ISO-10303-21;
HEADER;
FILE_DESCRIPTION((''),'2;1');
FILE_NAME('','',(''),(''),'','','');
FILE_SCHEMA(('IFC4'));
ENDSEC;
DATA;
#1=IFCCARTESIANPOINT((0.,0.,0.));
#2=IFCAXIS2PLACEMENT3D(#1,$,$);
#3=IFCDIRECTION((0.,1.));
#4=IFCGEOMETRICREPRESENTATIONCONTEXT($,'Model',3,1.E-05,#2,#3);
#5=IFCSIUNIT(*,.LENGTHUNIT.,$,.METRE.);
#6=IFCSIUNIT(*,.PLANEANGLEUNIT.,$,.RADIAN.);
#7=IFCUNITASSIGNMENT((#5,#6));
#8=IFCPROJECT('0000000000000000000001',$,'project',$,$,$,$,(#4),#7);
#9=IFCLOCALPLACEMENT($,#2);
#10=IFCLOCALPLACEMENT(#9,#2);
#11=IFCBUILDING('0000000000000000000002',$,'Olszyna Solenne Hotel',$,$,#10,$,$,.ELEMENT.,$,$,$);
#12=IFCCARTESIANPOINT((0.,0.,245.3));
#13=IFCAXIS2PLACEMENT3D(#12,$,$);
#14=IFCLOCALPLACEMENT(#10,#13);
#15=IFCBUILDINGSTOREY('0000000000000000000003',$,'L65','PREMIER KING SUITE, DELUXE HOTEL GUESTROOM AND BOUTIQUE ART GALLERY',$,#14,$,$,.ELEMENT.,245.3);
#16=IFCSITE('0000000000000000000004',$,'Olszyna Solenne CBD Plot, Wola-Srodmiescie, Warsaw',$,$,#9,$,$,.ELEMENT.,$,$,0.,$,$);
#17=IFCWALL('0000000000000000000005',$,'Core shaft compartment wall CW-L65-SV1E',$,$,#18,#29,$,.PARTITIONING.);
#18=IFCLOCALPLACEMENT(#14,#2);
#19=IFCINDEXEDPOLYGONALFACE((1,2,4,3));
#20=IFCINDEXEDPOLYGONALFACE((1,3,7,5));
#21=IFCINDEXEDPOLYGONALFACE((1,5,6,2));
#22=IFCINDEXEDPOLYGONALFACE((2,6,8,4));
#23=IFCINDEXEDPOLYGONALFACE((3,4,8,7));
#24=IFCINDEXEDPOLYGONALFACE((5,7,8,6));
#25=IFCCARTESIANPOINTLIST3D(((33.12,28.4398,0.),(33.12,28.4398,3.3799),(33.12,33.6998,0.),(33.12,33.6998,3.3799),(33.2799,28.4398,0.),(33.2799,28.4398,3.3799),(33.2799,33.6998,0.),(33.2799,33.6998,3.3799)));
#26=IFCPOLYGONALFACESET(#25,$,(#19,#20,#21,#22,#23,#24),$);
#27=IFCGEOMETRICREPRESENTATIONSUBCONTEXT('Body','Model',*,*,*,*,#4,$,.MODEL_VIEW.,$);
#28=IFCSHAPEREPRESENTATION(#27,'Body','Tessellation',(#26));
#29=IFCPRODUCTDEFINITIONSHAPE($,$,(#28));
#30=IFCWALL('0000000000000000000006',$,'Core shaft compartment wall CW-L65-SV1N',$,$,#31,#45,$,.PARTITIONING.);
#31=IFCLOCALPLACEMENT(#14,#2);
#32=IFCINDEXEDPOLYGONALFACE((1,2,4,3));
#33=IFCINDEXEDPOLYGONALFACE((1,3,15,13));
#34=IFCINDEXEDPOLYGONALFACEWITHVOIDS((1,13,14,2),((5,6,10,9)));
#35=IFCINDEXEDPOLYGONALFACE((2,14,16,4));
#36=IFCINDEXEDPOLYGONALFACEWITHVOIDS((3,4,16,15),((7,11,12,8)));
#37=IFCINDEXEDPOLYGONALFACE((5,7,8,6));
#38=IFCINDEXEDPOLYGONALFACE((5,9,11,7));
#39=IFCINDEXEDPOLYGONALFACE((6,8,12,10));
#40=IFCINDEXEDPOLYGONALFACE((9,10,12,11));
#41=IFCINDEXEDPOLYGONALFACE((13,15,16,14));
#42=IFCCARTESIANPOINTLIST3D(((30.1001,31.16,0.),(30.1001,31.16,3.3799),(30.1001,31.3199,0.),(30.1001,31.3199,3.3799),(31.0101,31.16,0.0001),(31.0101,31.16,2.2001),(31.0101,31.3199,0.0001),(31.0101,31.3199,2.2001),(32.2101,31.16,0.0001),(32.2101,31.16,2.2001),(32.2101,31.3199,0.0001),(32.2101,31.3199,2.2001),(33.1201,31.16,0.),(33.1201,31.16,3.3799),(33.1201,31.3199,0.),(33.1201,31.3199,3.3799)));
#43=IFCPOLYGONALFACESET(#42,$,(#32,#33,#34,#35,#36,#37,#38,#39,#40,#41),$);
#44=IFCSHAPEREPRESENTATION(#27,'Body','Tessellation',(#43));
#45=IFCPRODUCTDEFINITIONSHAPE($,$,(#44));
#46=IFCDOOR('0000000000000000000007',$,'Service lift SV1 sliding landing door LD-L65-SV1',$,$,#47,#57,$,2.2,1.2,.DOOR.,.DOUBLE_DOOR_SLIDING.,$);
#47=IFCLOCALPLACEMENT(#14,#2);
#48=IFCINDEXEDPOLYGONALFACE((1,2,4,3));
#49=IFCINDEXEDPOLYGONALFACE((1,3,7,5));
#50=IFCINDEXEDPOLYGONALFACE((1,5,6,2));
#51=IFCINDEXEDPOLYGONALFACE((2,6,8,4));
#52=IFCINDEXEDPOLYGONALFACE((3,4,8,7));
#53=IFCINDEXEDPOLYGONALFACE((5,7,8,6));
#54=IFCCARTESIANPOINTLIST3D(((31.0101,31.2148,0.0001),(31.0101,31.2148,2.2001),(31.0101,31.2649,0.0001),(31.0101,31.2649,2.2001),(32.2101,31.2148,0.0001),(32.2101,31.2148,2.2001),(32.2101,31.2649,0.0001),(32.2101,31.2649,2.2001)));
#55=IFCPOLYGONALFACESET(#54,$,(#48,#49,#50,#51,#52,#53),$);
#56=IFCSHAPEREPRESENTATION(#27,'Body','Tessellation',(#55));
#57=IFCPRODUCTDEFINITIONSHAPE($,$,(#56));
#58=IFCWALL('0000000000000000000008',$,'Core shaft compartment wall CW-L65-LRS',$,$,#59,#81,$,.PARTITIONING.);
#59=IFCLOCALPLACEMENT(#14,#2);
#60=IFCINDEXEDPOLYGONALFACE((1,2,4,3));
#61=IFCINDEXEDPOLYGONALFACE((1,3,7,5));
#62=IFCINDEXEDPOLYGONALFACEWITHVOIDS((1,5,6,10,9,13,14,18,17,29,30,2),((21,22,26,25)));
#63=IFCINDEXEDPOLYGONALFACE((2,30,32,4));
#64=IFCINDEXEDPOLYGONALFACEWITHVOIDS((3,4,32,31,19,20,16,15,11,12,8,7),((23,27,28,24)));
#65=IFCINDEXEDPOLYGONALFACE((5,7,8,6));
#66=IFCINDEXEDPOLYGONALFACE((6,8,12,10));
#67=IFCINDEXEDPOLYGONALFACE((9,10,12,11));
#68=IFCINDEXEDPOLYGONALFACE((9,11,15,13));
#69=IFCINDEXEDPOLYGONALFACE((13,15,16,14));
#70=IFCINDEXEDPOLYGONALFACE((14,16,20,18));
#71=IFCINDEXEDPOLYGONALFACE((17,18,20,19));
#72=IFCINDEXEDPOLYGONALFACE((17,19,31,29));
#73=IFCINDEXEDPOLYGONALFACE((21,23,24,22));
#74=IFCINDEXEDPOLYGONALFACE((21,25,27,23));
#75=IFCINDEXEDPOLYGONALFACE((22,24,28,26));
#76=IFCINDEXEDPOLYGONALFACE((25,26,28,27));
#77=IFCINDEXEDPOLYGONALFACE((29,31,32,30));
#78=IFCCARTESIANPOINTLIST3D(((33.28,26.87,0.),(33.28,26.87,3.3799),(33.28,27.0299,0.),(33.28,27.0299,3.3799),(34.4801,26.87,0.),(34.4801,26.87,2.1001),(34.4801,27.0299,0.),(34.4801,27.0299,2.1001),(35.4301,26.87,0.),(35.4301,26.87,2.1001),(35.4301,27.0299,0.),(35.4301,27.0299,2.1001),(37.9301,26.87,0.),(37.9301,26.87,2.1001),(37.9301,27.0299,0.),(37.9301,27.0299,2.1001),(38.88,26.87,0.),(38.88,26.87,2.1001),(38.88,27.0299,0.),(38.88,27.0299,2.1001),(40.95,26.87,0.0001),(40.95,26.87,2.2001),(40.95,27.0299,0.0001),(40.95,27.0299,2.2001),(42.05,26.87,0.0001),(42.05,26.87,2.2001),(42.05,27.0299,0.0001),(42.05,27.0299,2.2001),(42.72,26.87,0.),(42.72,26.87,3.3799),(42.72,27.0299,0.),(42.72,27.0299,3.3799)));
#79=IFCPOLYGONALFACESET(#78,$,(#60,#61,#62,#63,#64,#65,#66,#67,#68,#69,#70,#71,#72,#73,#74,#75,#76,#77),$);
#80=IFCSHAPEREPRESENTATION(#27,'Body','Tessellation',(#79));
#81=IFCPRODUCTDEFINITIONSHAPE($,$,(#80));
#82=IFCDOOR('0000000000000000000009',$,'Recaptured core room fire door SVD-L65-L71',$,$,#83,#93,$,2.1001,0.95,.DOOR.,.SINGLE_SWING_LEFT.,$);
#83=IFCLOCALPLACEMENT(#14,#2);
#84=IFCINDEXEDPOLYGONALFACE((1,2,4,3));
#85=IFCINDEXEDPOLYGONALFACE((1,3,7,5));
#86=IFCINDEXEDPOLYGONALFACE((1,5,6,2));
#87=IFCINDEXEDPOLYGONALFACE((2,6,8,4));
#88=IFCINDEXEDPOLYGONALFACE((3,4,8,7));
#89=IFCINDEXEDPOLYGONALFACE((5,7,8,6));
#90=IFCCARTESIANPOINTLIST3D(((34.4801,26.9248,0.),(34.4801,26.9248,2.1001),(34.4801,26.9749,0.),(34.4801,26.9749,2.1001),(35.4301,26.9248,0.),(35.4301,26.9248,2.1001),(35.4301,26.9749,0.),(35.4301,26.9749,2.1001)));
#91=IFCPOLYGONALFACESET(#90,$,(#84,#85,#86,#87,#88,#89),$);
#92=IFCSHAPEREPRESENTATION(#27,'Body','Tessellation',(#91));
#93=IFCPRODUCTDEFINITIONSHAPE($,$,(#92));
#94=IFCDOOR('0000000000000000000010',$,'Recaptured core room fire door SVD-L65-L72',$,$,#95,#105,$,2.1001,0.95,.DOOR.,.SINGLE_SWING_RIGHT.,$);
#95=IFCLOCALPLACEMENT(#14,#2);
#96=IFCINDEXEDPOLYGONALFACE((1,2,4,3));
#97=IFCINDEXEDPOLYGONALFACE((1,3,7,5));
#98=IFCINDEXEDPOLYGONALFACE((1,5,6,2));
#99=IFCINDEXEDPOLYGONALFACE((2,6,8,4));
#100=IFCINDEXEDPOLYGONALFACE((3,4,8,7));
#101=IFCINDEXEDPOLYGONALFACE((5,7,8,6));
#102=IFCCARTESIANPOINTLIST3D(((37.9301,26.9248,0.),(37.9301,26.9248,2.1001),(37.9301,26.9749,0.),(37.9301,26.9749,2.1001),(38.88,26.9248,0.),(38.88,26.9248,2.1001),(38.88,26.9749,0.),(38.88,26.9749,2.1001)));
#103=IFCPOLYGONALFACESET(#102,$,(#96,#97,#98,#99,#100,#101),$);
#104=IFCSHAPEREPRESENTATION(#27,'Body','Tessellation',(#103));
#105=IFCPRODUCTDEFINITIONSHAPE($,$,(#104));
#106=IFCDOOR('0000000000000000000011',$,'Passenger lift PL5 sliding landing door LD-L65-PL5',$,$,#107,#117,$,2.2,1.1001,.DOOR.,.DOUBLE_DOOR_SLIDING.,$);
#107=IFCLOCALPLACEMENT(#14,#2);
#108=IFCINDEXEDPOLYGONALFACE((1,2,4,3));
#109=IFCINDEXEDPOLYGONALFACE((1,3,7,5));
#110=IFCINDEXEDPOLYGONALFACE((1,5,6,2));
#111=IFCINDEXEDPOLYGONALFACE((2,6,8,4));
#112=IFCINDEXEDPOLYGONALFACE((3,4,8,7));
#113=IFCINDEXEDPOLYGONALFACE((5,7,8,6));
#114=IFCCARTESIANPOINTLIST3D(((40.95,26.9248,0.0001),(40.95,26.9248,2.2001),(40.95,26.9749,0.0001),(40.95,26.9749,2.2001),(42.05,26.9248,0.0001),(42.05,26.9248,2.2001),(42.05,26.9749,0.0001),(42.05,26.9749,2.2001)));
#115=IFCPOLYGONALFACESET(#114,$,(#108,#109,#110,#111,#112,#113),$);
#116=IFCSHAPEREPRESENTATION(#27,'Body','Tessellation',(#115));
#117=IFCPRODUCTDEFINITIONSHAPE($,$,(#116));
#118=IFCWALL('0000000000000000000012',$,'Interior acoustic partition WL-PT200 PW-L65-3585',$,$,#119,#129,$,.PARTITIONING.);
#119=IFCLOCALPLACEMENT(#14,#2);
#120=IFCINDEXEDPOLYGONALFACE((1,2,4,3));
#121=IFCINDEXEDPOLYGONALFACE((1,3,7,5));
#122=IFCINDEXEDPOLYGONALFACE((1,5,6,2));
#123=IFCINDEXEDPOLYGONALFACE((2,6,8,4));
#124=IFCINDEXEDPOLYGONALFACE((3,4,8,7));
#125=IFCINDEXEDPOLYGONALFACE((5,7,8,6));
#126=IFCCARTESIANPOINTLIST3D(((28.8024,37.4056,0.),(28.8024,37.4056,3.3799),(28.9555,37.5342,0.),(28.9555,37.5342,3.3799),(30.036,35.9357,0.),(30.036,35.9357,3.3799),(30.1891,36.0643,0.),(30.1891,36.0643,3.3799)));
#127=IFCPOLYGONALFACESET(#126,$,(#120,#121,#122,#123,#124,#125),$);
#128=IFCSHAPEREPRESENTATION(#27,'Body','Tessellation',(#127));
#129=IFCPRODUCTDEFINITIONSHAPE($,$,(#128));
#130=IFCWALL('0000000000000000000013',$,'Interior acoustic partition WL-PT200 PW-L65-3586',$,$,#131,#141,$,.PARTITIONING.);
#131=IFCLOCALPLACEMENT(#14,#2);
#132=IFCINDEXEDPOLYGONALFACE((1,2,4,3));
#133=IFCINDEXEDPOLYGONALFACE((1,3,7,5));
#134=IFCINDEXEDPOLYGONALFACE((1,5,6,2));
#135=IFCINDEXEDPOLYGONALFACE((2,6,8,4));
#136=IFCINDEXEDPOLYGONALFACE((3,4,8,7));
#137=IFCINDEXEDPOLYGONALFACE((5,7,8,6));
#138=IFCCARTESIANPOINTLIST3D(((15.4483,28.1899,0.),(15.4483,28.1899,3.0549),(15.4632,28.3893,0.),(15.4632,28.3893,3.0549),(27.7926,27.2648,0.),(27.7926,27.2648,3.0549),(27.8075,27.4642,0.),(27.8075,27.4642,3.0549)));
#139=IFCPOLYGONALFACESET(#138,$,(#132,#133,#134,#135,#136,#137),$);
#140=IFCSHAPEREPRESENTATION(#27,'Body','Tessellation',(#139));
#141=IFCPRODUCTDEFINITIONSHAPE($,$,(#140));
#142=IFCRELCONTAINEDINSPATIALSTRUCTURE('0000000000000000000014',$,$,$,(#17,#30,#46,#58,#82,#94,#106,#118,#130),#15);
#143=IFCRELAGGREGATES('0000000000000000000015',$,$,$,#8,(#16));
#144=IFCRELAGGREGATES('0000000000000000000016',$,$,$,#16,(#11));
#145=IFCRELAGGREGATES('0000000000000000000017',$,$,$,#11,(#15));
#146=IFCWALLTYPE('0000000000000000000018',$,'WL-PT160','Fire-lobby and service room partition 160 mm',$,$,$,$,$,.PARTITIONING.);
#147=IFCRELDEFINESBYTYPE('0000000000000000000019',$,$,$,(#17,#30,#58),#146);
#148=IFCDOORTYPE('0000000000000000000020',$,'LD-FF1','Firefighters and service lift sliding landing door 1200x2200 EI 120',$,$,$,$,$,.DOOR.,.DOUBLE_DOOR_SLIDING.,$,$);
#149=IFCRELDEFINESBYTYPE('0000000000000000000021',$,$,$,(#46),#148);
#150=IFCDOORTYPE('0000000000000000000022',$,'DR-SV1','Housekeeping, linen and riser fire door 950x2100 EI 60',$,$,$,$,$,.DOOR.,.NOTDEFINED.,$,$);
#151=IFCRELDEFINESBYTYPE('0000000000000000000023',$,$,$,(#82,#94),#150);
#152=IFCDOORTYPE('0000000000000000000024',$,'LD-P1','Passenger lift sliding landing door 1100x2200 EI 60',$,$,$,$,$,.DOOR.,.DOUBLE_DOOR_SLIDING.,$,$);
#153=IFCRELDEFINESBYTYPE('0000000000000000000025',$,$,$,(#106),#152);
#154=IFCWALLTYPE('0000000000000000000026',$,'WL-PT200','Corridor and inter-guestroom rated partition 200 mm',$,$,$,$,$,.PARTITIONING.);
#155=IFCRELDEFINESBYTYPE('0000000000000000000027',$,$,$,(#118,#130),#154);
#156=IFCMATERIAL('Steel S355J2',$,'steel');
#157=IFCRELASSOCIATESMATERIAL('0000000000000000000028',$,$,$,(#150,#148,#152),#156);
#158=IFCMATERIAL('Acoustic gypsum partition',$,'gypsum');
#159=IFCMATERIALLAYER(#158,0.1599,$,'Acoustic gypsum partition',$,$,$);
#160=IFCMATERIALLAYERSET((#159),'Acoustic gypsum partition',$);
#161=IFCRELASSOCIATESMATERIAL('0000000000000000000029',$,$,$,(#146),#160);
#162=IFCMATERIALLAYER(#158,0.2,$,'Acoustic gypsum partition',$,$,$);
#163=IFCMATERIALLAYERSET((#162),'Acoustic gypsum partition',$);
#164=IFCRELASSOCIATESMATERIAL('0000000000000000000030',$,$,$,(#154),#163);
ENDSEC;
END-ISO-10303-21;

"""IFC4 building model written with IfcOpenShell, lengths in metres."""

from ifc_helpers import new_model, si_unit, direction, frame, frame_2d, origin, place, context, subcontext, project, spatial, rectangle, extrude, source, transform, mapped, material, layer, layer_set, type_object, type_shapes, element, fill, save


model = new_model("IFC4")

# Units and contexts
model_context = context("Model", 3, precision=1e-05, world=origin(), true_north=direction((0.0, 1.0)))
body_context = subcontext(model_context, "Body", "Model", "MODEL_VIEW")
ifc_project = project(units=[si_unit("LENGTHUNIT", "METRE"), si_unit("PLANEANGLEUNIT", "RADIAN")], contexts=[model_context])

# Site, building, storey
site_placement = place(None, origin())
site = spatial("IfcSite", under=ifc_project, at=site_placement, Name="Olszyna Solenne CBD Plot, Wola-Srodmiescie, Warsaw", CompositionType="ELEMENT", RefElevation=0.0)
building_placement = place(site_placement, origin())
building = spatial("IfcBuilding", under=site, at=building_placement, Name="Olszyna Solenne Hotel", CompositionType="ELEMENT")
storey_placement = place(building_placement, frame((0.0, 0.0, 245.3)))
storey = spatial("IfcBuildingStorey", under=building, at=storey_placement, Name="L65", Description="PREMIER KING SUITE, DELUXE HOTEL GUESTROOM AND BOUTIQUE ART GALLERY", CompositionType="ELEMENT", Elevation=245.3)

# Shared definitions
ifc_material_1 = material(Name="Steel S355J2", Category="steel")

# Shared definitions
door_type_1 = type_object("IfcDoorType", Name="DR-SV1", Description="Housekeeping, linen and riser fire door 950x2100 EI 60", OperationType="NOTDEFINED", PredefinedType="DOOR", material=ifc_material_1)
shared_shape_1 = source(origin(), body_context, "Body", "SweptSolid", [
    extrude(rectangle(XDim=0.95, YDim=2.1001, at=frame_2d((0.4751, 1.05))), frame((0.0, 0.0249, 0.0), z_axis=(0.0, -1.0, 0.0), x_axis=(1.0, 0.0, 0.0)), (0.0, 0.0, 1.0), 0.05),
])
type_shapes(door_type_1, [shared_shape_1])

# Wall
ifc_material_2 = material(Name="Acoustic gypsum partition", Category="gypsum")
ifc_layer_1 = layer(ifc_material_2, 0.1599, Name="Acoustic gypsum partition")
ifc_layer_set_1 = layer_set([ifc_layer_1], Name="Acoustic gypsum partition")
wall_type_1 = type_object("IfcWallType", Name="WL-PT160", Description="Fire-lobby and service room partition 160 mm", PredefinedType="PARTITIONING", material=ifc_layer_set_1)
wall_1_placement = place(storey_placement, frame((33.2, 28.4399, 0.0), z_axis=(0.0, 0.0, 1.0), x_axis=(0.0, 1.0, 0.0)))
element("IfcWall", 1, at=wall_1_placement, inside=storey, type_object=wall_type_1, Name="Core shaft compartment wall CW-L65-SV1E", PredefinedType="PARTITIONING", context=body_context, shape_type="SweptSolid", body=[
    extrude(rectangle(XDim=5.26, YDim=0.1599, at=frame_2d((2.6299, 0.0))), origin(), (0.0, 0.0, 1.0), 3.3799),
])

# Wall, opening, door
wall_2_placement = place(storey_placement, frame((30.1001, 31.24, 0.0), z_axis=(0.0, 0.0, 1.0), x_axis=(1.0, 0.0, 0.0)))
wall_2 = element("IfcWall", 2, at=wall_2_placement, inside=storey, type_object=wall_type_1, Name="Core shaft compartment wall CW-L65-SV1N", PredefinedType="PARTITIONING", context=body_context, shape_type="SweptSolid", body=[
    extrude(rectangle(XDim=3.02, YDim=0.1599, at=frame_2d((1.51, 0.0))), origin(), (0.0, 0.0, 1.0), 3.3799),
])
opening_1_placement = place(wall_2_placement, frame((0.9099, 0.0, 0.0)))
opening_1 = element("IfcOpeningElement", 3, at=opening_1_placement, cuts=wall_2, PredefinedType="OPENING", context=body_context, shape_type="SweptSolid", body=[
    extrude(rectangle(XDim=1.2, YDim=2.2, at=frame_2d((0.6001, 1.1001))), frame((0.0, 0.0898, 0.0), z_axis=(0.0, -1.0, 0.0), x_axis=(1.0, 0.0, 0.0)), (0.0, 0.0, 1.0), 0.1799),
])
door_type_2 = type_object("IfcDoorType", Name="LD-FF1", Description="Firefighters and service lift sliding landing door 1200x2200 EI 120", OperationType="DOUBLE_DOOR_SLIDING", PredefinedType="DOOR", material=ifc_material_1)
shared_shape_2 = source(origin(), body_context, "Body", "SweptSolid", [
    extrude(rectangle(XDim=1.2, YDim=2.2, at=frame_2d((0.6001, 1.1001))), frame((0.0, 0.0249, 0.0), z_axis=(0.0, -1.0, 0.0), x_axis=(1.0, 0.0, 0.0)), (0.0, 0.0, 1.0), 0.05),
])
type_shapes(door_type_2, [shared_shape_2])
door_1_placement = place(opening_1_placement, origin())
door_1 = element("IfcDoor", 4, at=door_1_placement, inside=storey, type_object=door_type_2, Name="Service lift SV1 sliding landing door LD-L65-SV1", OperationType="DOUBLE_DOOR_SLIDING", OverallHeight=2.2, OverallWidth=1.2, PredefinedType="DOOR", context=body_context, shape_type="MappedRepresentation", body=[
    mapped(shared_shape_2, transform((0.0, 0.0, 0.0), x_axis=(1.0, 0.0, 0.0), y_axis=(0.0, 1.0, 0.0), z_axis=(0.0, 0.0, 1.0), scale=1.0)),
])
fill(opening_1, door_1)

# Wall, openings, doors
wall_3_placement = place(storey_placement, frame((33.28, 26.95, 0.0), z_axis=(0.0, 0.0, 1.0), x_axis=(1.0, 0.0, 0.0)))
wall_3 = element("IfcWall", 5, at=wall_3_placement, inside=storey, type_object=wall_type_1, Name="Core shaft compartment wall CW-L65-LRS", PredefinedType="PARTITIONING", context=body_context, shape_type="SweptSolid", body=[
    extrude(rectangle(XDim=9.4399, YDim=0.1599, at=frame_2d((4.72, 0.0))), origin(), (0.0, 0.0, 1.0), 3.3799),
])
opening_2_placement = place(wall_3_placement, frame((1.2, 0.0, 0.0)))
opening_2 = element("IfcOpeningElement", 6, at=opening_2_placement, cuts=wall_3, PredefinedType="OPENING", context=body_context, shape_type="SweptSolid", body=[
    extrude(rectangle(XDim=0.95, YDim=2.1001, at=frame_2d((0.4751, 1.05))), frame((0.0, 0.0898, 0.0), z_axis=(0.0, -1.0, 0.0), x_axis=(1.0, 0.0, 0.0)), (0.0, 0.0, 1.0), 0.1799),
])
opening_3_placement = place(wall_3_placement, frame((4.6499, 0.0, 0.0)))
opening_3 = element("IfcOpeningElement", 7, at=opening_3_placement, cuts=wall_3, PredefinedType="OPENING", context=body_context, shape_type="SweptSolid", body=[
    extrude(rectangle(XDim=0.95, YDim=2.1001, at=frame_2d((0.4751, 1.05))), frame((0.0, 0.0898, 0.0), z_axis=(0.0, -1.0, 0.0), x_axis=(1.0, 0.0, 0.0)), (0.0, 0.0, 1.0), 0.1799),
])
opening_4_placement = place(wall_3_placement, frame((7.6699, 0.0, 0.0)))
opening_4 = element("IfcOpeningElement", 8, at=opening_4_placement, cuts=wall_3, PredefinedType="OPENING", context=body_context, shape_type="SweptSolid", body=[
    extrude(rectangle(XDim=1.1001, YDim=2.2, at=frame_2d((0.55, 1.1001))), frame((0.0, 0.0898, 0.0), z_axis=(0.0, -1.0, 0.0), x_axis=(1.0, 0.0, 0.0)), (0.0, 0.0, 1.0), 0.1799),
])
door_2_placement = place(opening_2_placement, origin())
door_2 = element("IfcDoor", 9, at=door_2_placement, inside=storey, type_object=door_type_1, Name="Recaptured core room fire door SVD-L65-L71", OperationType="SINGLE_SWING_LEFT", OverallHeight=2.1001, OverallWidth=0.95, PredefinedType="DOOR", context=body_context, shape_type="MappedRepresentation", body=[
    mapped(shared_shape_1, transform((0.0, 0.0, 0.0), x_axis=(1.0, 0.0, 0.0), y_axis=(0.0, 1.0, 0.0), z_axis=(0.0, 0.0, 1.0), scale=1.0)),
])
fill(opening_2, door_2)
door_3_placement = place(opening_3_placement, origin())
door_3 = element("IfcDoor", 10, at=door_3_placement, inside=storey, type_object=door_type_1, Name="Recaptured core room fire door SVD-L65-L72", OperationType="SINGLE_SWING_RIGHT", OverallHeight=2.1001, OverallWidth=0.95, PredefinedType="DOOR", context=body_context, shape_type="MappedRepresentation", body=[
    mapped(shared_shape_1, transform((0.0, 0.0, 0.0), x_axis=(1.0, 0.0, 0.0), y_axis=(0.0, 1.0, 0.0), z_axis=(0.0, 0.0, 1.0), scale=1.0)),
])
fill(opening_3, door_3)
door_type_3 = type_object("IfcDoorType", Name="LD-P1", Description="Passenger lift sliding landing door 1100x2200 EI 60", OperationType="DOUBLE_DOOR_SLIDING", PredefinedType="DOOR", material=ifc_material_1)
shared_shape_3 = source(origin(), body_context, "Body", "SweptSolid", [
    extrude(rectangle(XDim=1.1001, YDim=2.2, at=frame_2d((0.55, 1.1001))), frame((0.0, 0.0249, 0.0), z_axis=(0.0, -1.0, 0.0), x_axis=(1.0, 0.0, 0.0)), (0.0, 0.0, 1.0), 0.05),
])
type_shapes(door_type_3, [shared_shape_3])
door_4_placement = place(opening_4_placement, origin())
door_4 = element("IfcDoor", 11, at=door_4_placement, inside=storey, type_object=door_type_3, Name="Passenger lift PL5 sliding landing door LD-L65-PL5", OperationType="DOUBLE_DOOR_SLIDING", OverallHeight=2.2, OverallWidth=1.1001, PredefinedType="DOOR", context=body_context, shape_type="MappedRepresentation", body=[
    mapped(shared_shape_3, transform((0.0, 0.0, 0.0), x_axis=(1.0, 0.0, 0.0), y_axis=(0.0, 1.0, 0.0), z_axis=(0.0, 0.0, 1.0), scale=1.0)),
])
fill(opening_4, door_4)

# Walls
ifc_layer_2 = layer(ifc_material_2, 0.2, Name="Acoustic gypsum partition")
ifc_layer_set_2 = layer_set([ifc_layer_2], Name="Acoustic gypsum partition")
wall_type_2 = type_object("IfcWallType", Name="WL-PT200", Description="Corridor and inter-guestroom rated partition 200 mm", PredefinedType="PARTITIONING", material=ifc_layer_set_2)
wall_4_placement = place(storey_placement, frame((30.1125, 36.0, 0.0), z_axis=(0.0, 0.0, 1.0), x_axis=(-0.642846, 0.765996, 0.0)))
element("IfcWall", 12, at=wall_4_placement, inside=storey, type_object=wall_type_2, Name="Interior acoustic partition WL-PT200 PW-L65-3585", PredefinedType="PARTITIONING", context=body_context, shape_type="SweptSolid", body=[
    extrude(rectangle(XDim=1.9189, YDim=0.2, at=frame_2d((0.9595, 0.0))), origin(), (0.0, 0.0, 1.0), 3.3799),
])
wall_5_placement = place(storey_placement, frame((27.8, 27.3645, 0.0), z_axis=(0.0, 0.0, 1.0), x_axis=(-0.997204, 0.074728, 0.0)))
element("IfcWall", 13, at=wall_5_placement, inside=storey, type_object=wall_type_2, Name="Interior acoustic partition WL-PT200 PW-L65-3586", PredefinedType="PARTITIONING", context=body_context, shape_type="SweptSolid", body=[
    extrude(rectangle(XDim=12.3789, YDim=0.2, at=frame_2d((6.1895, 0.0))), origin(), (0.0, 0.0, 1.0), 3.0549),
])

save(model, "model.ifc")
